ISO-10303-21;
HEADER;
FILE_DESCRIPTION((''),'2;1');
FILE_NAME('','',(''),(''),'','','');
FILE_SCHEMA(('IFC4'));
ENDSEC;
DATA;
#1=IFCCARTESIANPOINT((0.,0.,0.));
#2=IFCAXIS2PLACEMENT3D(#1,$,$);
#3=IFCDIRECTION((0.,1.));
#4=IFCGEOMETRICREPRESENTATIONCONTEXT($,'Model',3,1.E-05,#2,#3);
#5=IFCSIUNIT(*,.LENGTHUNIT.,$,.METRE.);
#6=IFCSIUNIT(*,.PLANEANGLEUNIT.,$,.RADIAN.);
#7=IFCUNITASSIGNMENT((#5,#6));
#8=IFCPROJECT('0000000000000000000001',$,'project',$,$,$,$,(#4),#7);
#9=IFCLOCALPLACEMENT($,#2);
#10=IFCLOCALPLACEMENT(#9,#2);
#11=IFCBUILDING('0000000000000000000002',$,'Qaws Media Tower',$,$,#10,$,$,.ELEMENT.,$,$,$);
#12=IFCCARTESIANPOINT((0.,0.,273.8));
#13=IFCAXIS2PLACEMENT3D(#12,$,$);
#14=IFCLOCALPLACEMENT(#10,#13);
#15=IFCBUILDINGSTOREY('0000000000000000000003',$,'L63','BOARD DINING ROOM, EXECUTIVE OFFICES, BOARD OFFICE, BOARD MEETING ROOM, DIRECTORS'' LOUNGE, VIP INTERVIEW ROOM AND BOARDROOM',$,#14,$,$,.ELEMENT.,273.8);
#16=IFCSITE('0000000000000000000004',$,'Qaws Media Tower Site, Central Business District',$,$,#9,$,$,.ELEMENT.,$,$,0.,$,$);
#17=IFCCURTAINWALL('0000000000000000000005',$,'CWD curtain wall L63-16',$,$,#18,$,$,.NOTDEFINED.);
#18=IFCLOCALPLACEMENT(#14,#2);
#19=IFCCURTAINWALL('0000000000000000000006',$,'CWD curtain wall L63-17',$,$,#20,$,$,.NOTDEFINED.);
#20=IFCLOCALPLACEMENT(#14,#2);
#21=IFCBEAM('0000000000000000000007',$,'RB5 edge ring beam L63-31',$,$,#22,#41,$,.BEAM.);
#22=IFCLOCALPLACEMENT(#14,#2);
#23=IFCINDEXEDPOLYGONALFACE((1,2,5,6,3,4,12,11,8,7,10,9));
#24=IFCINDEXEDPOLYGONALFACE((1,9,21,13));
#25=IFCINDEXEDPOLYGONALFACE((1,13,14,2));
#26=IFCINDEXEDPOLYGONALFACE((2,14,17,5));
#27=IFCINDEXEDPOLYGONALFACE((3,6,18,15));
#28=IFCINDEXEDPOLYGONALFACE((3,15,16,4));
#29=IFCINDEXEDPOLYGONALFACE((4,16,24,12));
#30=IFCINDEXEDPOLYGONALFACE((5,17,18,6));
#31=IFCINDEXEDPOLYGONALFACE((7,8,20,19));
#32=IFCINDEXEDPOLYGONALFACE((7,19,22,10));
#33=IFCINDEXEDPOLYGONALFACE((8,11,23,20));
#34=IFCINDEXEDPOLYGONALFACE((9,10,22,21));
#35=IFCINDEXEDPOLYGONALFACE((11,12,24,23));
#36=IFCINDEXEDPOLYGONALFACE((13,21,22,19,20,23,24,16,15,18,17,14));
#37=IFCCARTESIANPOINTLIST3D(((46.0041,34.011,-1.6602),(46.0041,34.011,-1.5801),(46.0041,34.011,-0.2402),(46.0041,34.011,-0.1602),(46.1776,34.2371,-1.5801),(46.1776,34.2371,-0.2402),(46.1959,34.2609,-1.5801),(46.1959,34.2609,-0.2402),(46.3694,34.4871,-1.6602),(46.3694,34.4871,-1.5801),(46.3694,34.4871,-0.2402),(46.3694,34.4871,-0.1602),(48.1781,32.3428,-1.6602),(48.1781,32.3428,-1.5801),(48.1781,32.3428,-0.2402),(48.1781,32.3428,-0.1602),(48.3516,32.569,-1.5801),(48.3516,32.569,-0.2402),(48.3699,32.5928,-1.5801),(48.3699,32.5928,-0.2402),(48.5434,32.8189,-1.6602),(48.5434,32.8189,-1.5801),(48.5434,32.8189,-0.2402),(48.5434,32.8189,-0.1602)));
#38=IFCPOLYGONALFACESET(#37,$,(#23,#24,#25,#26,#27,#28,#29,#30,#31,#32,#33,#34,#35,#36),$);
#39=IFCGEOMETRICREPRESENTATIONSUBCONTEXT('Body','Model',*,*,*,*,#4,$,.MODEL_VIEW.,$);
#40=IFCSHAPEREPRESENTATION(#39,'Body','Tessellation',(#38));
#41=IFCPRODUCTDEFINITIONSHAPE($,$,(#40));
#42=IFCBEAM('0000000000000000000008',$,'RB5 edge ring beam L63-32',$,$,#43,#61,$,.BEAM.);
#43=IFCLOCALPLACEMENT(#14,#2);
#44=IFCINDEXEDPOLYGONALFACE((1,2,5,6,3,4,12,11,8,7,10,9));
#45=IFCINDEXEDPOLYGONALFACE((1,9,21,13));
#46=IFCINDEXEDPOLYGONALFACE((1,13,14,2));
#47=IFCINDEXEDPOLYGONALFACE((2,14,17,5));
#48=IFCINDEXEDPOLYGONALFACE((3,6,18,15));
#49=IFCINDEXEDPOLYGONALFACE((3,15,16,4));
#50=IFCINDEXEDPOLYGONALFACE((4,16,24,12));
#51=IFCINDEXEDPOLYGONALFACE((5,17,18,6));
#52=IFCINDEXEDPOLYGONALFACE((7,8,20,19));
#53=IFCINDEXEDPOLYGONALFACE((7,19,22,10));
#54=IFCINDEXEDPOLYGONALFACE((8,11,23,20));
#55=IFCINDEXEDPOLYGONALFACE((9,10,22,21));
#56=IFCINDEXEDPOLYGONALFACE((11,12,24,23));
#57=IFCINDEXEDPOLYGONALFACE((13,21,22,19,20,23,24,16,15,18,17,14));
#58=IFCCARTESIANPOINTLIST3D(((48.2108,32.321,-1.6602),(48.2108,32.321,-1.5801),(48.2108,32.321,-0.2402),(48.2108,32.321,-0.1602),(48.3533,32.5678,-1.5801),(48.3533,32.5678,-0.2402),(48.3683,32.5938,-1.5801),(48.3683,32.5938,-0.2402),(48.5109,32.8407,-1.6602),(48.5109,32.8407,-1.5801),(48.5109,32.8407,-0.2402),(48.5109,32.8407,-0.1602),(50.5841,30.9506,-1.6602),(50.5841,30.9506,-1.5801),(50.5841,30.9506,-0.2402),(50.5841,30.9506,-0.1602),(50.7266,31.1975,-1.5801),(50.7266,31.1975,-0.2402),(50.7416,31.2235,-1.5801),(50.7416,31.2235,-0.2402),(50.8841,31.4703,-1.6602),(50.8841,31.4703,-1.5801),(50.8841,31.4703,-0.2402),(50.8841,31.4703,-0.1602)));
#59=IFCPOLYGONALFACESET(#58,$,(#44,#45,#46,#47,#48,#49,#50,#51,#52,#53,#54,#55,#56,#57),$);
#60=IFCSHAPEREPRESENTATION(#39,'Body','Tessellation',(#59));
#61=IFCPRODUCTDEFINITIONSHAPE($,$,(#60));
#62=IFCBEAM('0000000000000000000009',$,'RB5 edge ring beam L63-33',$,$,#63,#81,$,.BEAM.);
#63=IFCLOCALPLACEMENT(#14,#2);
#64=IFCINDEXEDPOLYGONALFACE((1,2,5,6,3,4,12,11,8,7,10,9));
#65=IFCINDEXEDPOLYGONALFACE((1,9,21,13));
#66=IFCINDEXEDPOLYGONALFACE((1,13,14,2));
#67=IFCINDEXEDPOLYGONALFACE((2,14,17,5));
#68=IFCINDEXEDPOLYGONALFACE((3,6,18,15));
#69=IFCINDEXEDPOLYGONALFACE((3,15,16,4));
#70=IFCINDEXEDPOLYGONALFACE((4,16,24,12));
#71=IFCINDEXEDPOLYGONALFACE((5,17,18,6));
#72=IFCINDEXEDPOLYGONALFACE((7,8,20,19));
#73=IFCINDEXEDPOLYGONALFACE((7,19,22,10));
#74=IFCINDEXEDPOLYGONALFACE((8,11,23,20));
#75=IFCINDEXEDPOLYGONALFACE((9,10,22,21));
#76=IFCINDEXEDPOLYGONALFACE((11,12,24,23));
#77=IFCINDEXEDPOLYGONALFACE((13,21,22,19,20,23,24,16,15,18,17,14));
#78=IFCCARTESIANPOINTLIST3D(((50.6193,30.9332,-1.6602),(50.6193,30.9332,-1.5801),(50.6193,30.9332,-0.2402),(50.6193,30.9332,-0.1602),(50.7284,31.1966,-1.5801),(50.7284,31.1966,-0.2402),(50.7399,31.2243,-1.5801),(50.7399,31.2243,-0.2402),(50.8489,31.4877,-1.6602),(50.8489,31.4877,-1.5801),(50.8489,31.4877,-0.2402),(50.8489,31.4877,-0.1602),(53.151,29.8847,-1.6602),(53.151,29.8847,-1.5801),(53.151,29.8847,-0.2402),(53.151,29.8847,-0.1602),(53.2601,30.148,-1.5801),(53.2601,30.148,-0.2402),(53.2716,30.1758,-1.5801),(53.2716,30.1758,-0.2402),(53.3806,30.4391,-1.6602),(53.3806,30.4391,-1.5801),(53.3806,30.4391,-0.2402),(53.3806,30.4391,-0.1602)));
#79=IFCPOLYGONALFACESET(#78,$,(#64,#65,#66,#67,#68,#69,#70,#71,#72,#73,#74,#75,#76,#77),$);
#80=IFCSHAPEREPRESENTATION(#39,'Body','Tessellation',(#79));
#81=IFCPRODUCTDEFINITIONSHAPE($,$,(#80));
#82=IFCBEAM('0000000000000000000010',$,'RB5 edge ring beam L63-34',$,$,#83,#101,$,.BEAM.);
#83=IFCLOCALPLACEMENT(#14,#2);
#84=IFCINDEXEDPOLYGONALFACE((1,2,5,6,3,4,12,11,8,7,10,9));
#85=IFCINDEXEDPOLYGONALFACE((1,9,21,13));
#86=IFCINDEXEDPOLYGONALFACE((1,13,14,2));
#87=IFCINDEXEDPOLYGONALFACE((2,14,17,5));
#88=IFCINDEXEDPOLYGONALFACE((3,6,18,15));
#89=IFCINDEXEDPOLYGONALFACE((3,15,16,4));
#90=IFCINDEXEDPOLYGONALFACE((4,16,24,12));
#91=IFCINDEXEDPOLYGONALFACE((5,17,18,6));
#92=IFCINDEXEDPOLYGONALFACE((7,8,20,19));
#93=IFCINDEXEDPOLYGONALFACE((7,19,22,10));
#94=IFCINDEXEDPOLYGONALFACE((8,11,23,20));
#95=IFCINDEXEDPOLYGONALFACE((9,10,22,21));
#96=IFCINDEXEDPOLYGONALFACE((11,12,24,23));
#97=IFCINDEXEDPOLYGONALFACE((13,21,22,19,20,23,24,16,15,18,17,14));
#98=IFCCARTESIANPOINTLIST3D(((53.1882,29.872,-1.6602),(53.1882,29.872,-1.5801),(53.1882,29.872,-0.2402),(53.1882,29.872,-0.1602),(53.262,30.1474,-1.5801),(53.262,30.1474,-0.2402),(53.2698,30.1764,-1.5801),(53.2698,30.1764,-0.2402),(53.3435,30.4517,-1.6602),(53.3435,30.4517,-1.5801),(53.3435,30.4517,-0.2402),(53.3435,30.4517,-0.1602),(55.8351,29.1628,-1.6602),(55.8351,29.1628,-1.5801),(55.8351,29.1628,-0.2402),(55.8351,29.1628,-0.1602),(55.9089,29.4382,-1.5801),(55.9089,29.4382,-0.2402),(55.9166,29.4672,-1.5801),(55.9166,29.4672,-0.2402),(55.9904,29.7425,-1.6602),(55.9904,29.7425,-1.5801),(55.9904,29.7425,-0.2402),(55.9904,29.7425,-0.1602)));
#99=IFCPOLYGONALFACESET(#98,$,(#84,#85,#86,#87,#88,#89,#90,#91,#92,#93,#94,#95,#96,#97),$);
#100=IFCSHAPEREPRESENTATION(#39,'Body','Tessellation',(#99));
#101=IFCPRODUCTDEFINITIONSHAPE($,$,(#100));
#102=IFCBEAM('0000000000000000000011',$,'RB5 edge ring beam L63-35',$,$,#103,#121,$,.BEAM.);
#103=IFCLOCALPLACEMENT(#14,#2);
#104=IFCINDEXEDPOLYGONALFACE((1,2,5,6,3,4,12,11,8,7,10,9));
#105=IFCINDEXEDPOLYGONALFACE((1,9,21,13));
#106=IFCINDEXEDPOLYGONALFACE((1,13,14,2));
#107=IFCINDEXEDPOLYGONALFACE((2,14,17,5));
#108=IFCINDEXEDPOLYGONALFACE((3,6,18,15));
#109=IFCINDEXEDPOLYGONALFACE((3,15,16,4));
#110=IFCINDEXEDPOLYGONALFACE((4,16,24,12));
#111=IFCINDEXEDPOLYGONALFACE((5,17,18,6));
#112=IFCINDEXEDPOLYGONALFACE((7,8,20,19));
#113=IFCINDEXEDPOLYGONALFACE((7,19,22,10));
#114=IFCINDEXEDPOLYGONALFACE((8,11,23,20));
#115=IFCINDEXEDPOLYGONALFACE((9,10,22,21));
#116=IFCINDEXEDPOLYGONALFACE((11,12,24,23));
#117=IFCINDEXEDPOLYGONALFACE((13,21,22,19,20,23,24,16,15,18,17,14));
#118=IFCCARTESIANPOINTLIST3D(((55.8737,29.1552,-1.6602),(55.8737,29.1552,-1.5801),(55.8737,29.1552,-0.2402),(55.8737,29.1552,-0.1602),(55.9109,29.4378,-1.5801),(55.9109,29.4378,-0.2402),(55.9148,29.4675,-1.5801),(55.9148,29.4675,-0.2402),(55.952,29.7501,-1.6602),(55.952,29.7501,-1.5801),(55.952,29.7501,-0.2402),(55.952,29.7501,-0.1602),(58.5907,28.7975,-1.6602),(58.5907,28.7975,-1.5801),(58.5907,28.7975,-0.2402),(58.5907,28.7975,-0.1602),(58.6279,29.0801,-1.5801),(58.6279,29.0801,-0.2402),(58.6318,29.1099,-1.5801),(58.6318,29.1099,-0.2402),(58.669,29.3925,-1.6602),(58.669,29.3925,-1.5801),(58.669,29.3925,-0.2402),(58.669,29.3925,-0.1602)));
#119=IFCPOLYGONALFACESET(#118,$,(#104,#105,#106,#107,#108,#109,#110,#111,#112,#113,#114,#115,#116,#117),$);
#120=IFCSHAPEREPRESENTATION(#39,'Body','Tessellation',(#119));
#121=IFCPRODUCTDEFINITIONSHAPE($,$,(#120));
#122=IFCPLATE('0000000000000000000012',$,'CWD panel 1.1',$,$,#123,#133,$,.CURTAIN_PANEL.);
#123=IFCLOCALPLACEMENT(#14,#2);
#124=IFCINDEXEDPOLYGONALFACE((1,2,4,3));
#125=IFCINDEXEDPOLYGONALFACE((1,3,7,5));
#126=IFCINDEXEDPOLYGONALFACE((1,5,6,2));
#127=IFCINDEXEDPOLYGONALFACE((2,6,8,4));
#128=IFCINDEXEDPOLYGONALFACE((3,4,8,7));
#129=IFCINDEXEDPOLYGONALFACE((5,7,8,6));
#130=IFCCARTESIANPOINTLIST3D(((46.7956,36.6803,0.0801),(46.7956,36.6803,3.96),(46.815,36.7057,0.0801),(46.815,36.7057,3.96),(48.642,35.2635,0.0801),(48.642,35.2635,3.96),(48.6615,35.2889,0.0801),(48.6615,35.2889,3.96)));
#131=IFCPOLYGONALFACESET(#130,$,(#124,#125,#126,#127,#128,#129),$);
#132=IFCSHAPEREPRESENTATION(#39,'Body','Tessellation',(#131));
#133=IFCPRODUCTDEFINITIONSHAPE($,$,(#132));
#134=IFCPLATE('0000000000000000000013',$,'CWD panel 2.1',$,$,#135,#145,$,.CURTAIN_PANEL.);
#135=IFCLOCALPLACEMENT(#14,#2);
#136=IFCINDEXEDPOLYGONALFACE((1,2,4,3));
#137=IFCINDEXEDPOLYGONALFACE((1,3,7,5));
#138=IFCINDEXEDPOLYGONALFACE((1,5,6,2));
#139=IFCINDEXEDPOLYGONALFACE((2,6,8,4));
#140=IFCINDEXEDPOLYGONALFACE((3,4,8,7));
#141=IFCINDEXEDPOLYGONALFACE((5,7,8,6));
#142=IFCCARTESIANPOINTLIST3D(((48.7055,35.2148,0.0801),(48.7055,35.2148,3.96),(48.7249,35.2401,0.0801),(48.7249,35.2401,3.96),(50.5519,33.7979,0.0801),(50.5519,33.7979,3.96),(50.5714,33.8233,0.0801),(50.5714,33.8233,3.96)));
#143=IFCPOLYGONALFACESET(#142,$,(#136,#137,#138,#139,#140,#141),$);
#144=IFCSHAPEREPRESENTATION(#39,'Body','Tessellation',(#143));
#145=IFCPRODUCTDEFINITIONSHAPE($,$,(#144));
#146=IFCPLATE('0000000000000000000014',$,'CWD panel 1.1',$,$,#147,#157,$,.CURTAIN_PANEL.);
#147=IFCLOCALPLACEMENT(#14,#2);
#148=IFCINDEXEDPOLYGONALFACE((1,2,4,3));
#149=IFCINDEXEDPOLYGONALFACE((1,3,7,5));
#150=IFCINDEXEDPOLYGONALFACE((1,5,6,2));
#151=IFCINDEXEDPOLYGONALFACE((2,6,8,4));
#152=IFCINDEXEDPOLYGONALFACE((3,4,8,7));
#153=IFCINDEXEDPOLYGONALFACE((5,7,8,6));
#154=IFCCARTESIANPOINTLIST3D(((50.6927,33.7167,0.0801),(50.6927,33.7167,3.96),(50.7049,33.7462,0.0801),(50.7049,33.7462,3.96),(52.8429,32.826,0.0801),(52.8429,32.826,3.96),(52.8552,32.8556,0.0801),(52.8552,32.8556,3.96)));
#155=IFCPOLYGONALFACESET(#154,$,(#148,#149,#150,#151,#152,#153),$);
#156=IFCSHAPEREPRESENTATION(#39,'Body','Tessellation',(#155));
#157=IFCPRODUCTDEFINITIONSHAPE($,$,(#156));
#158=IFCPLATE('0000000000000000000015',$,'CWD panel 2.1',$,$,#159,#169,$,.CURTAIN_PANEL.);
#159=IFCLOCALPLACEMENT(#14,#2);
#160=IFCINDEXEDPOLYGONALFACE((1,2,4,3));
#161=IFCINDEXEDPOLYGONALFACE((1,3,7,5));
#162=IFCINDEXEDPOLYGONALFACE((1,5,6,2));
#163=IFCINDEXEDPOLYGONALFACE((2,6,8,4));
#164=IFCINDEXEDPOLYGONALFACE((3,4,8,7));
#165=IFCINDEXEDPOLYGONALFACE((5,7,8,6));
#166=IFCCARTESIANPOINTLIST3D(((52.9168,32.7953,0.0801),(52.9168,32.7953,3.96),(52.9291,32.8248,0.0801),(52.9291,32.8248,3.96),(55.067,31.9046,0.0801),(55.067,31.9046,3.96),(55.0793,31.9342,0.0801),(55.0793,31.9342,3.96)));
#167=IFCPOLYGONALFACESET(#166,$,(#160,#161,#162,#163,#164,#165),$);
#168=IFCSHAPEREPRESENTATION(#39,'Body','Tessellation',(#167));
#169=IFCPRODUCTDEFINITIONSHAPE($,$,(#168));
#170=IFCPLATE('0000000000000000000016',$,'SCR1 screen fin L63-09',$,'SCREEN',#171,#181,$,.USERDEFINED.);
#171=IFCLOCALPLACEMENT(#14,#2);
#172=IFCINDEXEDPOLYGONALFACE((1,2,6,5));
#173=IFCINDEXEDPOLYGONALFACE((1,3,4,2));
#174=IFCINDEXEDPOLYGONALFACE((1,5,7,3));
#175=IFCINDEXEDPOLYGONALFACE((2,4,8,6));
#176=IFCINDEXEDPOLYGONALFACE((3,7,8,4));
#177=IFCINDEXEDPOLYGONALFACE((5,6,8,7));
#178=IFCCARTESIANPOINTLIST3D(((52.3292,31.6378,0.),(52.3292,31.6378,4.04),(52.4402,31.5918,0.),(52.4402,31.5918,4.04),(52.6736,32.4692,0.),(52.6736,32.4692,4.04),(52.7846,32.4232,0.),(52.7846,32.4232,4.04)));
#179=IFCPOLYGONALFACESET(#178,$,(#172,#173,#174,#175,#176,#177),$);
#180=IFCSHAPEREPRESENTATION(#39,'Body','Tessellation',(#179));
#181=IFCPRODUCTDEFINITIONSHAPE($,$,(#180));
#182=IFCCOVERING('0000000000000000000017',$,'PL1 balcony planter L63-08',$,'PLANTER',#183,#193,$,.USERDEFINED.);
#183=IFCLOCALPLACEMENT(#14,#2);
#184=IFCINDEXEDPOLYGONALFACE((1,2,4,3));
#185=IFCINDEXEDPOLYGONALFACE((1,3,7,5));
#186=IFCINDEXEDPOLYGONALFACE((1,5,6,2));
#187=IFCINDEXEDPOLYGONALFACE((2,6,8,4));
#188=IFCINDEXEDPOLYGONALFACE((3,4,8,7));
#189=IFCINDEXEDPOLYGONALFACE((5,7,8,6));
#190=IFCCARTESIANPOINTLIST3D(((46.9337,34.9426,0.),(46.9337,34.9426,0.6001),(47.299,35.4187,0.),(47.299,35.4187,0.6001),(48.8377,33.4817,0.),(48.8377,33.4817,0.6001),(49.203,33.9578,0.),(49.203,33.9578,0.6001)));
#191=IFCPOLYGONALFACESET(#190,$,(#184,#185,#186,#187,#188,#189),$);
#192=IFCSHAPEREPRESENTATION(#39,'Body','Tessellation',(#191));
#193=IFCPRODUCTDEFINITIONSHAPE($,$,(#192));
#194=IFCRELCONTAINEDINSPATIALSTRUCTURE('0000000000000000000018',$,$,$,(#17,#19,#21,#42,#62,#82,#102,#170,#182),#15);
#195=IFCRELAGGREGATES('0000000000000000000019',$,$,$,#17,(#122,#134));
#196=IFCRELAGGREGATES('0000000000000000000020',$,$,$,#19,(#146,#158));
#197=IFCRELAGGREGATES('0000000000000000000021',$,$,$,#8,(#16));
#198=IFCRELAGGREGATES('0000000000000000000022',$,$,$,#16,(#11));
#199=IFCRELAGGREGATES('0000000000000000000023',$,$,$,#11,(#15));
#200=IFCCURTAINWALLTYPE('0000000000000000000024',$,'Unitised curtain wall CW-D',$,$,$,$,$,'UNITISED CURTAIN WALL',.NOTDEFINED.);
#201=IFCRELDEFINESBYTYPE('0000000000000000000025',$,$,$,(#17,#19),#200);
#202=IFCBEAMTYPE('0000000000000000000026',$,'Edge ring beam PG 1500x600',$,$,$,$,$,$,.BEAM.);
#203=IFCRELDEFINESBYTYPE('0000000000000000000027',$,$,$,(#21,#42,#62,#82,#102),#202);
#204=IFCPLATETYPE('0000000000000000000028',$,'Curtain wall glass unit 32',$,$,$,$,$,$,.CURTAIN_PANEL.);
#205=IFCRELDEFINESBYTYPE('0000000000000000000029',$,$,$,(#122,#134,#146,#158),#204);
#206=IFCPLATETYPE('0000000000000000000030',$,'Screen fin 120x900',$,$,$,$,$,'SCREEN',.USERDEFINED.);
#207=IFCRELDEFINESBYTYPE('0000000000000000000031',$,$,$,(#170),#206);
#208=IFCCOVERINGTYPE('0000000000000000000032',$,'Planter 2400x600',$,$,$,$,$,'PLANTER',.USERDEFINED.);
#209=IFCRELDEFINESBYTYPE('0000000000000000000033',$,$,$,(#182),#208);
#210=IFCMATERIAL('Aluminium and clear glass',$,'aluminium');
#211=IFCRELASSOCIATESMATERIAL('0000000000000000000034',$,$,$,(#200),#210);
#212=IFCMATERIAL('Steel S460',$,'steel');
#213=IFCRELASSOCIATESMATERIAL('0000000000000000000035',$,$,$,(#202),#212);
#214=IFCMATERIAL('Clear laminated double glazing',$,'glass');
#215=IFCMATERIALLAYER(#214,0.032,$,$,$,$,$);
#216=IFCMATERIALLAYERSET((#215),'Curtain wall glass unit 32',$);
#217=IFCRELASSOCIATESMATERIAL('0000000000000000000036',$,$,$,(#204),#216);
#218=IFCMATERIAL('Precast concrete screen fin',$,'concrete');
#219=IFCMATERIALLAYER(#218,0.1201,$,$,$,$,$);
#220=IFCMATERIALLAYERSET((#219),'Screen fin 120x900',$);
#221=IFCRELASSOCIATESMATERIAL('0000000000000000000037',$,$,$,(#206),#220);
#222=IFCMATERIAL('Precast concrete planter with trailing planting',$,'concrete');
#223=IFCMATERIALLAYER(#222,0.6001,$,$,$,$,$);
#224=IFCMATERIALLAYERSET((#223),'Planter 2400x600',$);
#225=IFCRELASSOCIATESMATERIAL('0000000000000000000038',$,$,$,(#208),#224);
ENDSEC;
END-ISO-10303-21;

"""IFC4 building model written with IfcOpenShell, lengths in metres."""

from ifc_helpers import new_model, si_unit, direction, frame, origin, origin_2d, place, context, subcontext, project, spatial, rectangle, i_section, extrude, material, layer, layer_set, material_profile, profile_set, type_object, element, aggregate, save


model = new_model("IFC4")

# Units and contexts
model_context = context("Model", 3, precision=1e-05, world=origin(), true_north=direction((0.0, 1.0)))
body_context = subcontext(model_context, "Body", "Model", "MODEL_VIEW")
ifc_project = project(units=[si_unit("LENGTHUNIT", "METRE"), si_unit("PLANEANGLEUNIT", "RADIAN")], contexts=[model_context])

# Site, building, storey
site_placement = place(None, origin())
site = spatial("IfcSite", under=ifc_project, at=site_placement, Name="Qaws Media Tower Site, Central Business District", CompositionType="ELEMENT", RefElevation=0.0)
building_placement = place(site_placement, origin())
building = spatial("IfcBuilding", under=site, at=building_placement, Name="Qaws Media Tower", CompositionType="ELEMENT")
storey_placement = place(building_placement, frame((0.0, 0.0, 273.8)))
storey = spatial("IfcBuildingStorey", under=building, at=storey_placement, Name="L63", Description="BOARD DINING ROOM, EXECUTIVE OFFICES, BOARD OFFICE, BOARD MEETING ROOM, DIRECTORS' LOUNGE, VIP INTERVIEW ROOM AND BOARDROOM", CompositionType="ELEMENT", Elevation=273.8)

# Curtain walls
ifc_material_1 = material(Name="Aluminium and clear glass", Category="aluminium")
curtain_wall_type = type_object("IfcCurtainWallType", Name="Unitised curtain wall CW-D", ElementType="UNITISED CURTAIN WALL", PredefinedType="NOTDEFINED", material=ifc_material_1)
curtain_wall_1_placement = place(storey_placement, origin())
curtain_wall_1 = element("IfcCurtainWall", 1, at=curtain_wall_1_placement, inside=storey, type_object=curtain_wall_type, Name="CWD curtain wall L63-16", PredefinedType="NOTDEFINED")
curtain_wall_2_placement = place(storey_placement, origin())
curtain_wall_2 = element("IfcCurtainWall", 2, at=curtain_wall_2_placement, inside=storey, type_object=curtain_wall_type, Name="CWD curtain wall L63-17", PredefinedType="NOTDEFINED")

# Beams
ifc_material_2 = material(Name="Steel S460", Category="steel")
ifc_material_profile_1 = material_profile(ifc_material_2, i_section(OverallWidth=0.6001, OverallDepth=1.5, WebThickness=0.03, FlangeThickness=0.0801, at=origin_2d()), Name="PG 1500x600")
ifc_profile_set_1 = profile_set([ifc_material_profile_1], Name="Steel S460")
beam_type = type_object("IfcBeamType", Name="Edge ring beam PG 1500x600", PredefinedType="BEAM", material=ifc_profile_set_1)
beam_1_placement = place(storey_placement, frame((46.1868, 34.249, -0.9102), z_axis=(0.793355, -0.608759, 0.0), x_axis=(0.608759, 0.793355, 0.0)))
element("IfcBeam", 3, at=beam_1_placement, inside=storey, type_object=beam_type, Name="RB5 edge ring beam L63-31", PredefinedType="BEAM", context=body_context, shape_type="SweptSolid", body=[
    extrude(i_section(OverallWidth=0.6001, OverallDepth=1.5, WebThickness=0.03, FlangeThickness=0.0801, at=origin_2d()), origin(), (0.0, 0.0, 1.0), 2.7402),
])
beam_2_placement = place(storey_placement, frame((48.3608, 32.5808, -0.9102), z_axis=(0.866003, -0.500039, 0.0), x_axis=(0.500039, 0.866003, 0.0)))
element("IfcBeam", 4, at=beam_2_placement, inside=storey, type_object=beam_type, Name="RB5 edge ring beam L63-32", PredefinedType="BEAM", context=body_context, shape_type="SweptSolid", body=[
    extrude(i_section(OverallWidth=0.6001, OverallDepth=1.5, WebThickness=0.03, FlangeThickness=0.0801, at=origin_2d()), origin(), (0.0, 0.0, 1.0), 2.7405),
])
for number, where, z_axis, x_axis, name in (
    (5, (50.7341, 31.2104, -0.9102), (0.923892, -0.382653, 0.0), (0.382653, 0.923892, 0.0), "RB5 edge ring beam L63-33"),
    (6, (53.2659, 30.1619, -0.9102), (0.965928, -0.25881, 0.0), (0.25881, 0.965928, 0.0), "RB5 edge ring beam L63-34"),
):
    element("IfcBeam", number, at=place(storey_placement, frame(where, z_axis=z_axis, x_axis=x_axis)), inside=storey, type_object=beam_type, Name=name, PredefinedType="BEAM", context=body_context, shape_type="SweptSolid", body=[
        extrude(i_section(OverallWidth=0.6001, OverallDepth=1.5, WebThickness=0.03, FlangeThickness=0.0801, at=origin_2d()), origin(), (0.0, 0.0, 1.0), 2.7402),
    ])
beam_3_placement = place(storey_placement, frame((55.9128, 29.4526, -0.9102), z_axis=(0.991447, -0.130512, 0.0), x_axis=(0.130512, 0.991447, 0.0)))
element("IfcBeam", 7, at=beam_3_placement, inside=storey, type_object=beam_type, Name="RB5 edge ring beam L63-35", PredefinedType="BEAM", context=body_context, shape_type="SweptSolid", body=[
    extrude(i_section(OverallWidth=0.6001, OverallDepth=1.5, WebThickness=0.03, FlangeThickness=0.0801, at=origin_2d()), origin(), (0.0, 0.0, 1.0), 2.7405),
])

# Plates
ifc_material_3 = material(Name="Clear laminated double glazing", Category="glass")
ifc_layer_1 = layer(ifc_material_3, 0.032)
ifc_layer_set_1 = layer_set([ifc_layer_1], Name="Curtain wall glass unit 32")
plate_type_1 = type_object("IfcPlateType", Name="Curtain wall glass unit 32", PredefinedType="CURTAIN_PANEL", material=ifc_layer_set_1)
plate_1_placement = place(storey_placement, frame((47.7285, 35.9846, 0.0801), z_axis=(0.0, 0.0, 1.0), x_axis=(0.793353, -0.608761, 0.0)))
plate_1 = element("IfcPlate", 8, at=plate_1_placement, type_object=plate_type_1, Name="CWD panel 1.1", PredefinedType="CURTAIN_PANEL", context=body_context, shape_type="SweptSolid", body=[
    extrude(rectangle(XDim=2.3274, YDim=0.032, at=origin_2d()), origin(), (0.0, 0.0, 1.0), 3.8799),
])
plate_2_placement = place(storey_placement, frame((49.6384, 34.519, 0.0801), z_axis=(0.0, 0.0, 1.0), x_axis=(0.793353, -0.608761, 0.0)))
plate_2 = element("IfcPlate", 9, at=plate_2_placement, type_object=plate_type_1, Name="CWD panel 2.1", PredefinedType="CURTAIN_PANEL", context=body_context, shape_type="SweptSolid", body=[
    extrude(rectangle(XDim=2.3274, YDim=0.032, at=origin_2d()), origin(), (0.0, 0.0, 1.0), 3.8799),
])
aggregate(curtain_wall_1, [plate_1, plate_2])
plate_3_placement = place(storey_placement, frame((51.7739, 33.2861, 0.0801), z_axis=(0.0, 0.0, 1.0), x_axis=(0.92388, -0.382683, 0.0)))
plate_3 = element("IfcPlate", 10, at=plate_3_placement, type_object=plate_type_1, Name="CWD panel 1.1", PredefinedType="CURTAIN_PANEL", context=body_context, shape_type="SweptSolid", body=[
    extrude(rectangle(XDim=2.3274, YDim=0.032, at=origin_2d()), origin(), (0.0, 0.0, 1.0), 3.8799),
])
plate_4_placement = place(storey_placement, frame((53.998, 32.3647, 0.0801), z_axis=(0.0, 0.0, 1.0), x_axis=(0.92388, -0.382683, 0.0)))
plate_4 = element("IfcPlate", 11, at=plate_4_placement, type_object=plate_type_1, Name="CWD panel 2.1", PredefinedType="CURTAIN_PANEL", context=body_context, shape_type="SweptSolid", body=[
    extrude(rectangle(XDim=2.3274, YDim=0.032, at=origin_2d()), origin(), (0.0, 0.0, 1.0), 3.8799),
])
aggregate(curtain_wall_2, [plate_3, plate_4])
ifc_material_4 = material(Name="Precast concrete screen fin", Category="concrete")
ifc_layer_2 = layer(ifc_material_4, 0.1201)
ifc_layer_set_2 = layer_set([ifc_layer_2], Name="Screen fin 120x900")
plate_type_2 = type_object("IfcPlateType", Name="Screen fin 120x900", ElementType="SCREEN", PredefinedType="USERDEFINED", material=ifc_layer_set_2)
plate_5_placement = place(storey_placement, frame((52.5569, 32.0305, 0.0), z_axis=(0.0, 0.0, 1.0), x_axis=(-0.382683, -0.92388, 0.0)))
element("IfcPlate", 12, at=plate_5_placement, inside=storey, type_object=plate_type_2, Name="SCR1 screen fin L63-09", ObjectType="SCREEN", PredefinedType="USERDEFINED", context=body_context, shape_type="SweptSolid", body=[
    extrude(rectangle(XDim=0.8999, YDim=0.1201, at=origin_2d()), origin(), (0.0, 0.0, 1.0), 4.04),
])

# Covering
ifc_material_5 = material(Name="Precast concrete planter with trailing planting", Category="concrete")
ifc_layer_3 = layer(ifc_material_5, 0.6001)
ifc_layer_set_3 = layer_set([ifc_layer_3], Name="Planter 2400x600")
covering_type = type_object("IfcCoveringType", Name="Planter 2400x600", ElementType="PLANTER", PredefinedType="USERDEFINED", material=ifc_layer_set_3)
covering_placement = place(storey_placement, frame((48.0684, 34.4502, 0.0), z_axis=(0.0, 0.0, 1.0), x_axis=(0.793353, -0.608761, 0.0)))
element("IfcCovering", 13, at=covering_placement, inside=storey, type_object=covering_type, Name="PL1 balcony planter L63-08", ObjectType="PLANTER", PredefinedType="USERDEFINED", context=body_context, shape_type="SweptSolid", body=[
    extrude(rectangle(XDim=2.3999, YDim=0.6001, at=origin_2d()), origin(), (0.0, 0.0, 1.0), 0.6001),
])

save(model, "model.ifc")
